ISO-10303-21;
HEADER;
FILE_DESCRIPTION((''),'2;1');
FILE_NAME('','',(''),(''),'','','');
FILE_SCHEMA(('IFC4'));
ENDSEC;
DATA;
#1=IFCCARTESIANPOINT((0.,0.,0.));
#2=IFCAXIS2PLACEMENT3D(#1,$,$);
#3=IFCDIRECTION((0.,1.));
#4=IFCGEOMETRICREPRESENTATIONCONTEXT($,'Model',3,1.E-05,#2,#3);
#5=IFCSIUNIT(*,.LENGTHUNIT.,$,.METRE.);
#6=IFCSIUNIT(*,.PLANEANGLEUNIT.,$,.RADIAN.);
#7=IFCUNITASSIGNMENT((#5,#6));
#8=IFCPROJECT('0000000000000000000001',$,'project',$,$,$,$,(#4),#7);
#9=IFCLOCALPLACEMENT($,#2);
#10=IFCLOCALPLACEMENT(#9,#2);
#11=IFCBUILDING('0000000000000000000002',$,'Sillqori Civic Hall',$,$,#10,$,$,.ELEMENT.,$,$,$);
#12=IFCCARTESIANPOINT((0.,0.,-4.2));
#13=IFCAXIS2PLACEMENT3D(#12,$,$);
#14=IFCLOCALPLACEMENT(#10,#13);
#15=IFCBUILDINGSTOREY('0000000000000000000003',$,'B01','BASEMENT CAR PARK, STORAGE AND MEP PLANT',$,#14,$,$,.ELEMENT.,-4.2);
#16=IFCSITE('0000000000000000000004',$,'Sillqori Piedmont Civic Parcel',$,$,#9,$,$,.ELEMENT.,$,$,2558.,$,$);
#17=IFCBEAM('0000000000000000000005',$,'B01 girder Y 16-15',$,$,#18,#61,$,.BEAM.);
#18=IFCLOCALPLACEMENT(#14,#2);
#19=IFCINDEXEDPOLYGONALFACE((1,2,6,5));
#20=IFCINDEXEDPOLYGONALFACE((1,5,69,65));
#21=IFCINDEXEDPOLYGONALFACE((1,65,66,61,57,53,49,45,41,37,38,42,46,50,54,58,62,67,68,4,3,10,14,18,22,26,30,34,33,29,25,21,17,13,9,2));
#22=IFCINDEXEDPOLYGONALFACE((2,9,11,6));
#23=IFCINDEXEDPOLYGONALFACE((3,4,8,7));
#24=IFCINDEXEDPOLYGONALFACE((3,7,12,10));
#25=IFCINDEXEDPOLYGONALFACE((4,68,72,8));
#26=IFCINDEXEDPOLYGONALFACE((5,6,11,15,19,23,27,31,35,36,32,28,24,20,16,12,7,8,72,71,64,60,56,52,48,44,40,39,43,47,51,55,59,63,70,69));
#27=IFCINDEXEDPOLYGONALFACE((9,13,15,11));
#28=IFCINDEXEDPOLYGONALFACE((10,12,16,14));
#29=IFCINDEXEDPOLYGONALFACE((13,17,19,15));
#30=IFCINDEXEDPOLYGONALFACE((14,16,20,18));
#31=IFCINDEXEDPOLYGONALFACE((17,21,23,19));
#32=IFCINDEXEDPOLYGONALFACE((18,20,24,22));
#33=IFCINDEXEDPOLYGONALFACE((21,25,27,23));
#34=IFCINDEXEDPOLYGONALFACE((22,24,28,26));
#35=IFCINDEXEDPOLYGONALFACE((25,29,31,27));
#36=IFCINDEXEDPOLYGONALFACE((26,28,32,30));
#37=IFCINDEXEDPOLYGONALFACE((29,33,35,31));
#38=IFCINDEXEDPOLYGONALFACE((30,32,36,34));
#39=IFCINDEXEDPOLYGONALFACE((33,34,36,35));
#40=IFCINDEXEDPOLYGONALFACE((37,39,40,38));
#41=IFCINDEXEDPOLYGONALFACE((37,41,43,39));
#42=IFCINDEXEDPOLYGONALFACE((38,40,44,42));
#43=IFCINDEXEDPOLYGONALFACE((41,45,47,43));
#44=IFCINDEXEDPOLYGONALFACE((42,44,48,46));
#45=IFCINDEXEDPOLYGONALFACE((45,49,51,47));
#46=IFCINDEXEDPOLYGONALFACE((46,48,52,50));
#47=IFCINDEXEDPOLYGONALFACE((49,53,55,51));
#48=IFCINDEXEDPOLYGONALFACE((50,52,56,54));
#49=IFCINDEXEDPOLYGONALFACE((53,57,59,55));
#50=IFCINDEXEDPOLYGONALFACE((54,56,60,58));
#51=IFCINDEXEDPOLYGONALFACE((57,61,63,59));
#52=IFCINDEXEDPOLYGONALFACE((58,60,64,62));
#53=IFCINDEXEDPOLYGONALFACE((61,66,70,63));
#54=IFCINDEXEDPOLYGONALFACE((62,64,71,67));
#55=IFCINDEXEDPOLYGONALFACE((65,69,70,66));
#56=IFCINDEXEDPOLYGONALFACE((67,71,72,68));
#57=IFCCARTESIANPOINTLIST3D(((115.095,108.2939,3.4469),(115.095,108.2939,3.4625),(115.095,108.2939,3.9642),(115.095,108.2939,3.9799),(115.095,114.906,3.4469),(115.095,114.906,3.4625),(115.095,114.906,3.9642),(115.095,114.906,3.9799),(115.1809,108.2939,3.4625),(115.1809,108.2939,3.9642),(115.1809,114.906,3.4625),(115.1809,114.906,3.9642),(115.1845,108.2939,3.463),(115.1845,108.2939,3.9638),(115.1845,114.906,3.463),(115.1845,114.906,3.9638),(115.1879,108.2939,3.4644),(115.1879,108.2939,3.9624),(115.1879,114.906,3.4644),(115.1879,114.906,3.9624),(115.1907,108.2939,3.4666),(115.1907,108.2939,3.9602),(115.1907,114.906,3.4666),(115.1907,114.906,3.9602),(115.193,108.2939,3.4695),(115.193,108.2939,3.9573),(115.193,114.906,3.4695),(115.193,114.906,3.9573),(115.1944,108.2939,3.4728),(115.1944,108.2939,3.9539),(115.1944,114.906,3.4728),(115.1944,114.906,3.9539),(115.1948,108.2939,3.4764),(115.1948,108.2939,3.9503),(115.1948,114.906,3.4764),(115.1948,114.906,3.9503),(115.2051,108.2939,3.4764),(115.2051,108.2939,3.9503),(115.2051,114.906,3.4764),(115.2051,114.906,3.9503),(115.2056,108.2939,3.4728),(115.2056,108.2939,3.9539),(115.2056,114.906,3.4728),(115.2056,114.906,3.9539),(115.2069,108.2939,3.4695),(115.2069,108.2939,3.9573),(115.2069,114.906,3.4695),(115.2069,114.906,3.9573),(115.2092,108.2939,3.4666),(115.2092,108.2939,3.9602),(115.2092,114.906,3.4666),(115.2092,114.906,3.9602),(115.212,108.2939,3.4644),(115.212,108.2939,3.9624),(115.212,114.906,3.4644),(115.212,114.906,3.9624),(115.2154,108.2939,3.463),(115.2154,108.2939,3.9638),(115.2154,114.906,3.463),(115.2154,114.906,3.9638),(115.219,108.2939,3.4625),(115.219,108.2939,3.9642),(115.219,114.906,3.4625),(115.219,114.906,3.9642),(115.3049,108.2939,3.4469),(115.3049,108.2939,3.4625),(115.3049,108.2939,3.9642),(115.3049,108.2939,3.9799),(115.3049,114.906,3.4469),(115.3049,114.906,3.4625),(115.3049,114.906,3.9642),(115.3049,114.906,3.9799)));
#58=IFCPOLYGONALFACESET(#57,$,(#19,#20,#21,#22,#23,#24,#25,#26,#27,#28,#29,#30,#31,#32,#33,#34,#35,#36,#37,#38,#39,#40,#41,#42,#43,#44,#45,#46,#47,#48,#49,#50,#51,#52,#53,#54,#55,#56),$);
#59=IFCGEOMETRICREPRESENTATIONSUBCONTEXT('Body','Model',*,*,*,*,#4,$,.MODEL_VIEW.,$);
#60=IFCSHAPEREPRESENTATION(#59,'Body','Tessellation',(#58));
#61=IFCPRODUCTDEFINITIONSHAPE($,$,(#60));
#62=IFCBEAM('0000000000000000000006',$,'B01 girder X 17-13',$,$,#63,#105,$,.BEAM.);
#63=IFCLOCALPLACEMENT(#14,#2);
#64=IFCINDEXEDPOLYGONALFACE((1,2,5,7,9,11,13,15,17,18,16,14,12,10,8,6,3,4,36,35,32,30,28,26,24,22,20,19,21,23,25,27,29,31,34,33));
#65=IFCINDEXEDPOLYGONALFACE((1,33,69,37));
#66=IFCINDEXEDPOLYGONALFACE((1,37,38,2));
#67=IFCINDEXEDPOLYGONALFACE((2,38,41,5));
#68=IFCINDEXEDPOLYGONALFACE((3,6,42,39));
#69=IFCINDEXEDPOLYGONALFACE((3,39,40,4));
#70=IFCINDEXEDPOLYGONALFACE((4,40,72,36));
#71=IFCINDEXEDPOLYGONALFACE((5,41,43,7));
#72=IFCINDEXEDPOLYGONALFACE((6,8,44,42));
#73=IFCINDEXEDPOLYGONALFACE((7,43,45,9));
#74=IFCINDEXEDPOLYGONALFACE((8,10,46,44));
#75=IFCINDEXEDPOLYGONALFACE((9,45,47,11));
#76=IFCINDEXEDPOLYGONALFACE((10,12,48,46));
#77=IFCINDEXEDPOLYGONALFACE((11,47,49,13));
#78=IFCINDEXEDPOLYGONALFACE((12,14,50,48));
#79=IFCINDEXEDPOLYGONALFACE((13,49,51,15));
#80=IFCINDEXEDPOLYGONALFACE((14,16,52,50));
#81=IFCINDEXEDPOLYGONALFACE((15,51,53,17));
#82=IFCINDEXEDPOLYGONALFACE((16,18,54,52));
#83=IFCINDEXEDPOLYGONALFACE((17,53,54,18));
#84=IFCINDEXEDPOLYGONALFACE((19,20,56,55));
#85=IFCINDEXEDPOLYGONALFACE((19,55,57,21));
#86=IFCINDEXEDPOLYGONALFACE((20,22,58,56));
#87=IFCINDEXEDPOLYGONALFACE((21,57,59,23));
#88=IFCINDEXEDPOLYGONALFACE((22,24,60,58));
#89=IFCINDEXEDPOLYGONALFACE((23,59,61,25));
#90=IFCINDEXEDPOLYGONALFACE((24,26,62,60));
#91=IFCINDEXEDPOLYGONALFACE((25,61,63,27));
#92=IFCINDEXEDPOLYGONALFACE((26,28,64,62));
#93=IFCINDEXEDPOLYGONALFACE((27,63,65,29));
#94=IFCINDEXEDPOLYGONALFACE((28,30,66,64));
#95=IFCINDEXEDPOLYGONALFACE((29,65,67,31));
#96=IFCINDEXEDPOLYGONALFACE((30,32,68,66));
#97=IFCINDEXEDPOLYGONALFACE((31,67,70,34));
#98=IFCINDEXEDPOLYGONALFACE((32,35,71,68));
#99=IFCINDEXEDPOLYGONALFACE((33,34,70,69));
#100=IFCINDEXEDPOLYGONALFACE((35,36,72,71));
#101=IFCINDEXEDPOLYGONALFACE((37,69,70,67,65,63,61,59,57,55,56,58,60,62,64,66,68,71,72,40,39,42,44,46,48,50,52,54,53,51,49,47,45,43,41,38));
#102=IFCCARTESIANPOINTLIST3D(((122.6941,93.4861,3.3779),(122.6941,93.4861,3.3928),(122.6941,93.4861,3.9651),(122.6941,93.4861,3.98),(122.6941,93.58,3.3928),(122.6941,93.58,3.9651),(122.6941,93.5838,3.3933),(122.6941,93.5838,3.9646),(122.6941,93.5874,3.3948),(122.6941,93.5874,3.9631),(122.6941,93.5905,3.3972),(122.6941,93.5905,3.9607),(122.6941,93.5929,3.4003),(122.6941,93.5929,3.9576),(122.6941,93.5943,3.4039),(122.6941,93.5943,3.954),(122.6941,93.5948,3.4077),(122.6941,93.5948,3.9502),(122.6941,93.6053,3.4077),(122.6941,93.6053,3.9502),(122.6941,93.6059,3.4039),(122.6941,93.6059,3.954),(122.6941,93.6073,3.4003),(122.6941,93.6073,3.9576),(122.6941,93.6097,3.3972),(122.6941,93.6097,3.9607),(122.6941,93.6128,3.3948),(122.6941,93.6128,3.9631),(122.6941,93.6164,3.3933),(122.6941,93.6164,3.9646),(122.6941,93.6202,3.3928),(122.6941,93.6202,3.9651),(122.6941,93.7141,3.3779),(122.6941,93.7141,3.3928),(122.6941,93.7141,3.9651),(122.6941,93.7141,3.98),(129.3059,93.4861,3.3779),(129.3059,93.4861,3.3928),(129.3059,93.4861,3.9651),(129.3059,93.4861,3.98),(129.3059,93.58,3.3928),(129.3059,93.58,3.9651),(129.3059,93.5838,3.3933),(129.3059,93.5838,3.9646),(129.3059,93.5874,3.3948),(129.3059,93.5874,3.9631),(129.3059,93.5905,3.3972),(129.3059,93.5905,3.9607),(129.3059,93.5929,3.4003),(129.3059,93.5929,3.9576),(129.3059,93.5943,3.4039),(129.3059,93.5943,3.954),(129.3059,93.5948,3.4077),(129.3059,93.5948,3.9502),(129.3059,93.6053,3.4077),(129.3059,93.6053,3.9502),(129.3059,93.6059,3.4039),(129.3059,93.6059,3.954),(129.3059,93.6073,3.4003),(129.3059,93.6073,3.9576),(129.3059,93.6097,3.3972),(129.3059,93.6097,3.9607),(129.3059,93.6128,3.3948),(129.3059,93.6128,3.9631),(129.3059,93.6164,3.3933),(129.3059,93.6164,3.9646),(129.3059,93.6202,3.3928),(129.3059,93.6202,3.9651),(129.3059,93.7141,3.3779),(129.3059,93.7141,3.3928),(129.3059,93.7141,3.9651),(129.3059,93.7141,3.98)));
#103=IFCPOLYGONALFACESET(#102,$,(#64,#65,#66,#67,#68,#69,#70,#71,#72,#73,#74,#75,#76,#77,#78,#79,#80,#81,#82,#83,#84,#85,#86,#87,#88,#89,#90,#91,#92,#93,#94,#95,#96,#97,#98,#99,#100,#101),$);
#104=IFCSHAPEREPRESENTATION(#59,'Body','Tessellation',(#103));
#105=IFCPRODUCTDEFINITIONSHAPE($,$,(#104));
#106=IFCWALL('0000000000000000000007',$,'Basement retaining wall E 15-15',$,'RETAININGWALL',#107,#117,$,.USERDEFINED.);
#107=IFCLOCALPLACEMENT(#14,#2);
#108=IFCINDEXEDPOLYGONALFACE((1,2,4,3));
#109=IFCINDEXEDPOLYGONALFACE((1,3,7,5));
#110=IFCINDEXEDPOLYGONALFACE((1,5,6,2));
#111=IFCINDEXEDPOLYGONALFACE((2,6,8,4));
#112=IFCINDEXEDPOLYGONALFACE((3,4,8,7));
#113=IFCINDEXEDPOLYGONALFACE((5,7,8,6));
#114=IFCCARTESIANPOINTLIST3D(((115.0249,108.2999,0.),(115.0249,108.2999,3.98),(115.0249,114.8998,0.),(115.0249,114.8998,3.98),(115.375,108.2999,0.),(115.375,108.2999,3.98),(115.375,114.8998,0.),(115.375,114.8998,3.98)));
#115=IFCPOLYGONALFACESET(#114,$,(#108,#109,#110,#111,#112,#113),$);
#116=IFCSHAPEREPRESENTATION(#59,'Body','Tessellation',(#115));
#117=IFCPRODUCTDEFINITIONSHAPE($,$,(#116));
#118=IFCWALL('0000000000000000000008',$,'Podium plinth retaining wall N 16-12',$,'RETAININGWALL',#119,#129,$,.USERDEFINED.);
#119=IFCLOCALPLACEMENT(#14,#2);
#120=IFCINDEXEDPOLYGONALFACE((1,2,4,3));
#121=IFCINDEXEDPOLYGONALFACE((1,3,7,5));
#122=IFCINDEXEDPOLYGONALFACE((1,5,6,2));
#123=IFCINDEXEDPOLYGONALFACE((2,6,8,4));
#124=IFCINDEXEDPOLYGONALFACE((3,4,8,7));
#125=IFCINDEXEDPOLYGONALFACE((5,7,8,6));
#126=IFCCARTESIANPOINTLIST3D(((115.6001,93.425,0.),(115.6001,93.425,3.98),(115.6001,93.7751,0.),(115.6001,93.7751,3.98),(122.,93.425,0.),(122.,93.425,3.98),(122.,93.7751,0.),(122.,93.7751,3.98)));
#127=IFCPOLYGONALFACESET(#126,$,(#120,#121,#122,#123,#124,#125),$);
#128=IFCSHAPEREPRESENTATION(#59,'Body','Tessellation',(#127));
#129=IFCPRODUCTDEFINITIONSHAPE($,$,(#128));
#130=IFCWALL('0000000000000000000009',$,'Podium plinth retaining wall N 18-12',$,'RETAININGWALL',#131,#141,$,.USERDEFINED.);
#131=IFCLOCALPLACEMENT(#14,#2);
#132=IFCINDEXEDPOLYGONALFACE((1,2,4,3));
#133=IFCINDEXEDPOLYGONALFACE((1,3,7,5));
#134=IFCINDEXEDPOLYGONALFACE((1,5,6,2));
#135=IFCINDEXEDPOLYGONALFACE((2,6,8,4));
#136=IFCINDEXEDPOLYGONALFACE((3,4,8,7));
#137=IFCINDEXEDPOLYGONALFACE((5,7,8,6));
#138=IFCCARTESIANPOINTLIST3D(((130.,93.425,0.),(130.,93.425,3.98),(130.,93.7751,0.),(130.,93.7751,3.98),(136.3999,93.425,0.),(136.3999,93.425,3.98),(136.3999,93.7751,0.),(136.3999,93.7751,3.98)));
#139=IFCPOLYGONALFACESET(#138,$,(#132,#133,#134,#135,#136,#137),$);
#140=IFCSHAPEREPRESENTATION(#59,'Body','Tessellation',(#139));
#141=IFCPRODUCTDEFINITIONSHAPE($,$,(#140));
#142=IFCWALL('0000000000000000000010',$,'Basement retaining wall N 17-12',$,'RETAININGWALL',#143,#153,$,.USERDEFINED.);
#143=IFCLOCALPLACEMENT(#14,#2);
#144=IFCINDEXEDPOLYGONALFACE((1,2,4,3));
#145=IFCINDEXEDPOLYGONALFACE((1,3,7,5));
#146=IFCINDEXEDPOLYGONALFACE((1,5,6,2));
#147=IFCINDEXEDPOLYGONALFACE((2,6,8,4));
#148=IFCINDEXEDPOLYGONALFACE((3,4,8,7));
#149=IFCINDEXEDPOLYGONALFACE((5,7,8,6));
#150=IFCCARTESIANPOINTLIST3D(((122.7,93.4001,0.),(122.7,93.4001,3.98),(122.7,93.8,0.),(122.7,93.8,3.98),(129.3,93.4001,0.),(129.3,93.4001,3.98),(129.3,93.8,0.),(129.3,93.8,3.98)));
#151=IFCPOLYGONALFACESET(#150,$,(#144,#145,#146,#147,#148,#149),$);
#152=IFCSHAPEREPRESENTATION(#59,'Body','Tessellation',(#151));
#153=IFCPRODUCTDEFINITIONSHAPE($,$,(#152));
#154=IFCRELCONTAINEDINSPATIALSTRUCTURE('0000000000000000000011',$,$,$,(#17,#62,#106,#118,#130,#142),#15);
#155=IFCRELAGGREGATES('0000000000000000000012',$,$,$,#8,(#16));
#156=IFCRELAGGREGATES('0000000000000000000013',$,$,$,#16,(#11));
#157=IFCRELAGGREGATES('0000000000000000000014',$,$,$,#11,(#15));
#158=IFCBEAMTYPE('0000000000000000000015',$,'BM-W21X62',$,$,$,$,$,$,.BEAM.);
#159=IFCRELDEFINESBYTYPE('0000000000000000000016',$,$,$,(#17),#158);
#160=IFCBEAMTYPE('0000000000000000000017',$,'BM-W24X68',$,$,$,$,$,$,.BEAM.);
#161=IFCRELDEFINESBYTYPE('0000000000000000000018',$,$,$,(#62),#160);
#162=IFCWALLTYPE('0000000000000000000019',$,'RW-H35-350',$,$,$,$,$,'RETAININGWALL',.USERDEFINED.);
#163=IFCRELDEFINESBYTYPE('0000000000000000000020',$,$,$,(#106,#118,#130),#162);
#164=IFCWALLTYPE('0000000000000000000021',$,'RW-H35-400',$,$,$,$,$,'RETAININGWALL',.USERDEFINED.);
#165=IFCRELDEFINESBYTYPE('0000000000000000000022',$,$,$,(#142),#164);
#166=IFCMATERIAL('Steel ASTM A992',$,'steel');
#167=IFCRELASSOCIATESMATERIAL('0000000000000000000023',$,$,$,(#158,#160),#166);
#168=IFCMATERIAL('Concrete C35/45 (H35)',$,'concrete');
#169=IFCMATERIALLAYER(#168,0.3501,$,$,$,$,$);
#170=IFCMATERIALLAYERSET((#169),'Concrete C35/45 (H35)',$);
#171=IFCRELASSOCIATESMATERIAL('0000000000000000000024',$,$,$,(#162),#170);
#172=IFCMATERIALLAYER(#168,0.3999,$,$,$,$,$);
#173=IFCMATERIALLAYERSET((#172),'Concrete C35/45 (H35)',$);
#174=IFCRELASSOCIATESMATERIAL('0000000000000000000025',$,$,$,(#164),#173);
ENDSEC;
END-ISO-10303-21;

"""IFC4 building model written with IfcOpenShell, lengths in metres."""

from ifc_helpers import new_model, si_unit, direction, frame, frame_2d, origin, origin_2d, place, context, subcontext, project, spatial, rectangle, i_section, extrude, material, layer, layer_set, material_profile, profile_set, type_object, element, save


model = new_model("IFC4")

# Units and contexts
model_context = context("Model", 3, precision=1e-05, world=origin(), true_north=direction((0.0, 1.0)))
body_context = subcontext(model_context, "Body", "Model", "MODEL_VIEW")
ifc_project = project(units=[si_unit("LENGTHUNIT", "METRE"), si_unit("PLANEANGLEUNIT", "RADIAN")], contexts=[model_context])

# Site, building, storey
site_placement = place(None, origin())
site = spatial("IfcSite", under=ifc_project, at=site_placement, Name="Sillqori Piedmont Civic Parcel", CompositionType="ELEMENT", RefElevation=2558.0)
building_placement = place(site_placement, origin())
building = spatial("IfcBuilding", under=site, at=building_placement, Name="Sillqori Civic Hall", CompositionType="ELEMENT")
storey_placement = place(building_placement, frame((0.0, 0.0, -4.2)))
storey = spatial("IfcBuildingStorey", under=building, at=storey_placement, Name="B01", Description="BASEMENT CAR PARK, STORAGE AND MEP PLANT", CompositionType="ELEMENT", Elevation=-4.2)

# Shared definitions
ifc_material_1 = material(Name="Concrete C35/45 (H35)", Category="concrete")

# Beams
ifc_material_2 = material(Name="Steel ASTM A992", Category="steel")
ifc_material_profile_1 = material_profile(ifc_material_2, i_section(OverallWidth=0.21, OverallDepth=0.533, WebThickness=0.0103, FlangeThickness=0.0156, FilletRadius=0.0139, at=origin_2d()), Name="W21X62")
ifc_profile_set_1 = profile_set([ifc_material_profile_1], Name="Steel ASTM A992")
beam_type_1 = type_object("IfcBeamType", Name="BM-W21X62", PredefinedType="BEAM", material=ifc_profile_set_1)
beam_1_placement = place(storey_placement, frame((115.2, 108.2939, 3.7134), z_axis=(0.0, 1.0, 0.0), x_axis=(-1.0, 0.0, 0.0)))
element("IfcBeam", 1, at=beam_1_placement, inside=storey, type_object=beam_type_1, Name="B01 girder Y 16-15", PredefinedType="BEAM", context=body_context, shape_type="SweptSolid", body=[
    extrude(i_section(OverallWidth=0.21, OverallDepth=0.533, WebThickness=0.0103, FlangeThickness=0.0156, FilletRadius=0.0139, at=origin_2d()), origin(), (0.0, 0.0, 1.0), 6.6121),
])
ifc_material_profile_2 = material_profile(ifc_material_2, i_section(OverallWidth=0.228, OverallDepth=0.6021, WebThickness=0.0105, FlangeThickness=0.0149, FilletRadius=0.0149, at=origin_2d()), Name="W24X68")
ifc_profile_set_2 = profile_set([ifc_material_profile_2], Name="Steel ASTM A992")
beam_type_2 = type_object("IfcBeamType", Name="BM-W24X68", PredefinedType="BEAM", material=ifc_profile_set_2)
beam_2_placement = place(storey_placement, frame((122.6941, 93.6001, 3.679), z_axis=(1.0, 0.0, 0.0), x_axis=(0.0, 1.0, 0.0)))
element("IfcBeam", 2, at=beam_2_placement, inside=storey, type_object=beam_type_2, Name="B01 girder X 17-13", PredefinedType="BEAM", context=body_context, shape_type="SweptSolid", body=[
    extrude(i_section(OverallWidth=0.228, OverallDepth=0.6021, WebThickness=0.0105, FlangeThickness=0.0149, FilletRadius=0.0149, at=origin_2d()), origin(), (0.0, 0.0, 1.0), 6.6118),
])

# Walls
ifc_layer_1 = layer(ifc_material_1, 0.3501)
ifc_layer_set_1 = layer_set([ifc_layer_1], Name="Concrete C35/45 (H35)")
wall_type_1 = type_object("IfcWallType", Name="RW-H35-350", ElementType="RETAININGWALL", PredefinedType="USERDEFINED", material=ifc_layer_set_1)
wall_1_placement = place(storey_placement, frame((115.2, 108.3, 0.0), z_axis=(0.0, 0.0, 1.0), x_axis=(0.0, 1.0, 0.0)))
element("IfcWall", 3, at=wall_1_placement, inside=storey, type_object=wall_type_1, Name="Basement retaining wall E 15-15", ObjectType="RETAININGWALL", PredefinedType="USERDEFINED", context=body_context, shape_type="SweptSolid", body=[
    extrude(rectangle(XDim=6.5999, YDim=0.3501, at=frame_2d((3.2998, 0.0))), origin(), (0.0, 0.0, 1.0), 3.98),
])
for number, where, z_axis, x_axis, name in (
    (4, (115.6001, 93.6001, 0.0), (0.0, 0.0, 1.0), (1.0, 0.0, 0.0), "Podium plinth retaining wall N 16-12"),
    (5, (130.0, 93.6001, 0.0), (0.0, 0.0, 1.0), (1.0, 0.0, 0.0), "Podium plinth retaining wall N 18-12"),
):
    element("IfcWall", number, at=place(storey_placement, frame(where, z_axis=z_axis, x_axis=x_axis)), inside=storey, type_object=wall_type_1, Name=name, ObjectType="RETAININGWALL", PredefinedType="USERDEFINED", context=body_context, shape_type="SweptSolid", body=[
        extrude(rectangle(XDim=6.3999, YDim=0.3501, at=frame_2d((3.2, 0.0))), origin(), (0.0, 0.0, 1.0), 3.98),
    ])
ifc_layer_2 = layer(ifc_material_1, 0.3999)
ifc_layer_set_2 = layer_set([ifc_layer_2], Name="Concrete C35/45 (H35)")
wall_type_2 = type_object("IfcWallType", Name="RW-H35-400", ElementType="RETAININGWALL", PredefinedType="USERDEFINED", material=ifc_layer_set_2)
wall_2_placement = place(storey_placement, frame((122.7, 93.6001, 0.0), z_axis=(0.0, 0.0, 1.0), x_axis=(1.0, 0.0, 0.0)))
element("IfcWall", 6, at=wall_2_placement, inside=storey, type_object=wall_type_2, Name="Basement retaining wall N 17-12", ObjectType="RETAININGWALL", PredefinedType="USERDEFINED", context=body_context, shape_type="SweptSolid", body=[
    extrude(rectangle(XDim=6.6001, YDim=0.3999, at=frame_2d((3.3, 0.0))), origin(), (0.0, 0.0, 1.0), 3.98),
])

save(model, "model.ifc")
